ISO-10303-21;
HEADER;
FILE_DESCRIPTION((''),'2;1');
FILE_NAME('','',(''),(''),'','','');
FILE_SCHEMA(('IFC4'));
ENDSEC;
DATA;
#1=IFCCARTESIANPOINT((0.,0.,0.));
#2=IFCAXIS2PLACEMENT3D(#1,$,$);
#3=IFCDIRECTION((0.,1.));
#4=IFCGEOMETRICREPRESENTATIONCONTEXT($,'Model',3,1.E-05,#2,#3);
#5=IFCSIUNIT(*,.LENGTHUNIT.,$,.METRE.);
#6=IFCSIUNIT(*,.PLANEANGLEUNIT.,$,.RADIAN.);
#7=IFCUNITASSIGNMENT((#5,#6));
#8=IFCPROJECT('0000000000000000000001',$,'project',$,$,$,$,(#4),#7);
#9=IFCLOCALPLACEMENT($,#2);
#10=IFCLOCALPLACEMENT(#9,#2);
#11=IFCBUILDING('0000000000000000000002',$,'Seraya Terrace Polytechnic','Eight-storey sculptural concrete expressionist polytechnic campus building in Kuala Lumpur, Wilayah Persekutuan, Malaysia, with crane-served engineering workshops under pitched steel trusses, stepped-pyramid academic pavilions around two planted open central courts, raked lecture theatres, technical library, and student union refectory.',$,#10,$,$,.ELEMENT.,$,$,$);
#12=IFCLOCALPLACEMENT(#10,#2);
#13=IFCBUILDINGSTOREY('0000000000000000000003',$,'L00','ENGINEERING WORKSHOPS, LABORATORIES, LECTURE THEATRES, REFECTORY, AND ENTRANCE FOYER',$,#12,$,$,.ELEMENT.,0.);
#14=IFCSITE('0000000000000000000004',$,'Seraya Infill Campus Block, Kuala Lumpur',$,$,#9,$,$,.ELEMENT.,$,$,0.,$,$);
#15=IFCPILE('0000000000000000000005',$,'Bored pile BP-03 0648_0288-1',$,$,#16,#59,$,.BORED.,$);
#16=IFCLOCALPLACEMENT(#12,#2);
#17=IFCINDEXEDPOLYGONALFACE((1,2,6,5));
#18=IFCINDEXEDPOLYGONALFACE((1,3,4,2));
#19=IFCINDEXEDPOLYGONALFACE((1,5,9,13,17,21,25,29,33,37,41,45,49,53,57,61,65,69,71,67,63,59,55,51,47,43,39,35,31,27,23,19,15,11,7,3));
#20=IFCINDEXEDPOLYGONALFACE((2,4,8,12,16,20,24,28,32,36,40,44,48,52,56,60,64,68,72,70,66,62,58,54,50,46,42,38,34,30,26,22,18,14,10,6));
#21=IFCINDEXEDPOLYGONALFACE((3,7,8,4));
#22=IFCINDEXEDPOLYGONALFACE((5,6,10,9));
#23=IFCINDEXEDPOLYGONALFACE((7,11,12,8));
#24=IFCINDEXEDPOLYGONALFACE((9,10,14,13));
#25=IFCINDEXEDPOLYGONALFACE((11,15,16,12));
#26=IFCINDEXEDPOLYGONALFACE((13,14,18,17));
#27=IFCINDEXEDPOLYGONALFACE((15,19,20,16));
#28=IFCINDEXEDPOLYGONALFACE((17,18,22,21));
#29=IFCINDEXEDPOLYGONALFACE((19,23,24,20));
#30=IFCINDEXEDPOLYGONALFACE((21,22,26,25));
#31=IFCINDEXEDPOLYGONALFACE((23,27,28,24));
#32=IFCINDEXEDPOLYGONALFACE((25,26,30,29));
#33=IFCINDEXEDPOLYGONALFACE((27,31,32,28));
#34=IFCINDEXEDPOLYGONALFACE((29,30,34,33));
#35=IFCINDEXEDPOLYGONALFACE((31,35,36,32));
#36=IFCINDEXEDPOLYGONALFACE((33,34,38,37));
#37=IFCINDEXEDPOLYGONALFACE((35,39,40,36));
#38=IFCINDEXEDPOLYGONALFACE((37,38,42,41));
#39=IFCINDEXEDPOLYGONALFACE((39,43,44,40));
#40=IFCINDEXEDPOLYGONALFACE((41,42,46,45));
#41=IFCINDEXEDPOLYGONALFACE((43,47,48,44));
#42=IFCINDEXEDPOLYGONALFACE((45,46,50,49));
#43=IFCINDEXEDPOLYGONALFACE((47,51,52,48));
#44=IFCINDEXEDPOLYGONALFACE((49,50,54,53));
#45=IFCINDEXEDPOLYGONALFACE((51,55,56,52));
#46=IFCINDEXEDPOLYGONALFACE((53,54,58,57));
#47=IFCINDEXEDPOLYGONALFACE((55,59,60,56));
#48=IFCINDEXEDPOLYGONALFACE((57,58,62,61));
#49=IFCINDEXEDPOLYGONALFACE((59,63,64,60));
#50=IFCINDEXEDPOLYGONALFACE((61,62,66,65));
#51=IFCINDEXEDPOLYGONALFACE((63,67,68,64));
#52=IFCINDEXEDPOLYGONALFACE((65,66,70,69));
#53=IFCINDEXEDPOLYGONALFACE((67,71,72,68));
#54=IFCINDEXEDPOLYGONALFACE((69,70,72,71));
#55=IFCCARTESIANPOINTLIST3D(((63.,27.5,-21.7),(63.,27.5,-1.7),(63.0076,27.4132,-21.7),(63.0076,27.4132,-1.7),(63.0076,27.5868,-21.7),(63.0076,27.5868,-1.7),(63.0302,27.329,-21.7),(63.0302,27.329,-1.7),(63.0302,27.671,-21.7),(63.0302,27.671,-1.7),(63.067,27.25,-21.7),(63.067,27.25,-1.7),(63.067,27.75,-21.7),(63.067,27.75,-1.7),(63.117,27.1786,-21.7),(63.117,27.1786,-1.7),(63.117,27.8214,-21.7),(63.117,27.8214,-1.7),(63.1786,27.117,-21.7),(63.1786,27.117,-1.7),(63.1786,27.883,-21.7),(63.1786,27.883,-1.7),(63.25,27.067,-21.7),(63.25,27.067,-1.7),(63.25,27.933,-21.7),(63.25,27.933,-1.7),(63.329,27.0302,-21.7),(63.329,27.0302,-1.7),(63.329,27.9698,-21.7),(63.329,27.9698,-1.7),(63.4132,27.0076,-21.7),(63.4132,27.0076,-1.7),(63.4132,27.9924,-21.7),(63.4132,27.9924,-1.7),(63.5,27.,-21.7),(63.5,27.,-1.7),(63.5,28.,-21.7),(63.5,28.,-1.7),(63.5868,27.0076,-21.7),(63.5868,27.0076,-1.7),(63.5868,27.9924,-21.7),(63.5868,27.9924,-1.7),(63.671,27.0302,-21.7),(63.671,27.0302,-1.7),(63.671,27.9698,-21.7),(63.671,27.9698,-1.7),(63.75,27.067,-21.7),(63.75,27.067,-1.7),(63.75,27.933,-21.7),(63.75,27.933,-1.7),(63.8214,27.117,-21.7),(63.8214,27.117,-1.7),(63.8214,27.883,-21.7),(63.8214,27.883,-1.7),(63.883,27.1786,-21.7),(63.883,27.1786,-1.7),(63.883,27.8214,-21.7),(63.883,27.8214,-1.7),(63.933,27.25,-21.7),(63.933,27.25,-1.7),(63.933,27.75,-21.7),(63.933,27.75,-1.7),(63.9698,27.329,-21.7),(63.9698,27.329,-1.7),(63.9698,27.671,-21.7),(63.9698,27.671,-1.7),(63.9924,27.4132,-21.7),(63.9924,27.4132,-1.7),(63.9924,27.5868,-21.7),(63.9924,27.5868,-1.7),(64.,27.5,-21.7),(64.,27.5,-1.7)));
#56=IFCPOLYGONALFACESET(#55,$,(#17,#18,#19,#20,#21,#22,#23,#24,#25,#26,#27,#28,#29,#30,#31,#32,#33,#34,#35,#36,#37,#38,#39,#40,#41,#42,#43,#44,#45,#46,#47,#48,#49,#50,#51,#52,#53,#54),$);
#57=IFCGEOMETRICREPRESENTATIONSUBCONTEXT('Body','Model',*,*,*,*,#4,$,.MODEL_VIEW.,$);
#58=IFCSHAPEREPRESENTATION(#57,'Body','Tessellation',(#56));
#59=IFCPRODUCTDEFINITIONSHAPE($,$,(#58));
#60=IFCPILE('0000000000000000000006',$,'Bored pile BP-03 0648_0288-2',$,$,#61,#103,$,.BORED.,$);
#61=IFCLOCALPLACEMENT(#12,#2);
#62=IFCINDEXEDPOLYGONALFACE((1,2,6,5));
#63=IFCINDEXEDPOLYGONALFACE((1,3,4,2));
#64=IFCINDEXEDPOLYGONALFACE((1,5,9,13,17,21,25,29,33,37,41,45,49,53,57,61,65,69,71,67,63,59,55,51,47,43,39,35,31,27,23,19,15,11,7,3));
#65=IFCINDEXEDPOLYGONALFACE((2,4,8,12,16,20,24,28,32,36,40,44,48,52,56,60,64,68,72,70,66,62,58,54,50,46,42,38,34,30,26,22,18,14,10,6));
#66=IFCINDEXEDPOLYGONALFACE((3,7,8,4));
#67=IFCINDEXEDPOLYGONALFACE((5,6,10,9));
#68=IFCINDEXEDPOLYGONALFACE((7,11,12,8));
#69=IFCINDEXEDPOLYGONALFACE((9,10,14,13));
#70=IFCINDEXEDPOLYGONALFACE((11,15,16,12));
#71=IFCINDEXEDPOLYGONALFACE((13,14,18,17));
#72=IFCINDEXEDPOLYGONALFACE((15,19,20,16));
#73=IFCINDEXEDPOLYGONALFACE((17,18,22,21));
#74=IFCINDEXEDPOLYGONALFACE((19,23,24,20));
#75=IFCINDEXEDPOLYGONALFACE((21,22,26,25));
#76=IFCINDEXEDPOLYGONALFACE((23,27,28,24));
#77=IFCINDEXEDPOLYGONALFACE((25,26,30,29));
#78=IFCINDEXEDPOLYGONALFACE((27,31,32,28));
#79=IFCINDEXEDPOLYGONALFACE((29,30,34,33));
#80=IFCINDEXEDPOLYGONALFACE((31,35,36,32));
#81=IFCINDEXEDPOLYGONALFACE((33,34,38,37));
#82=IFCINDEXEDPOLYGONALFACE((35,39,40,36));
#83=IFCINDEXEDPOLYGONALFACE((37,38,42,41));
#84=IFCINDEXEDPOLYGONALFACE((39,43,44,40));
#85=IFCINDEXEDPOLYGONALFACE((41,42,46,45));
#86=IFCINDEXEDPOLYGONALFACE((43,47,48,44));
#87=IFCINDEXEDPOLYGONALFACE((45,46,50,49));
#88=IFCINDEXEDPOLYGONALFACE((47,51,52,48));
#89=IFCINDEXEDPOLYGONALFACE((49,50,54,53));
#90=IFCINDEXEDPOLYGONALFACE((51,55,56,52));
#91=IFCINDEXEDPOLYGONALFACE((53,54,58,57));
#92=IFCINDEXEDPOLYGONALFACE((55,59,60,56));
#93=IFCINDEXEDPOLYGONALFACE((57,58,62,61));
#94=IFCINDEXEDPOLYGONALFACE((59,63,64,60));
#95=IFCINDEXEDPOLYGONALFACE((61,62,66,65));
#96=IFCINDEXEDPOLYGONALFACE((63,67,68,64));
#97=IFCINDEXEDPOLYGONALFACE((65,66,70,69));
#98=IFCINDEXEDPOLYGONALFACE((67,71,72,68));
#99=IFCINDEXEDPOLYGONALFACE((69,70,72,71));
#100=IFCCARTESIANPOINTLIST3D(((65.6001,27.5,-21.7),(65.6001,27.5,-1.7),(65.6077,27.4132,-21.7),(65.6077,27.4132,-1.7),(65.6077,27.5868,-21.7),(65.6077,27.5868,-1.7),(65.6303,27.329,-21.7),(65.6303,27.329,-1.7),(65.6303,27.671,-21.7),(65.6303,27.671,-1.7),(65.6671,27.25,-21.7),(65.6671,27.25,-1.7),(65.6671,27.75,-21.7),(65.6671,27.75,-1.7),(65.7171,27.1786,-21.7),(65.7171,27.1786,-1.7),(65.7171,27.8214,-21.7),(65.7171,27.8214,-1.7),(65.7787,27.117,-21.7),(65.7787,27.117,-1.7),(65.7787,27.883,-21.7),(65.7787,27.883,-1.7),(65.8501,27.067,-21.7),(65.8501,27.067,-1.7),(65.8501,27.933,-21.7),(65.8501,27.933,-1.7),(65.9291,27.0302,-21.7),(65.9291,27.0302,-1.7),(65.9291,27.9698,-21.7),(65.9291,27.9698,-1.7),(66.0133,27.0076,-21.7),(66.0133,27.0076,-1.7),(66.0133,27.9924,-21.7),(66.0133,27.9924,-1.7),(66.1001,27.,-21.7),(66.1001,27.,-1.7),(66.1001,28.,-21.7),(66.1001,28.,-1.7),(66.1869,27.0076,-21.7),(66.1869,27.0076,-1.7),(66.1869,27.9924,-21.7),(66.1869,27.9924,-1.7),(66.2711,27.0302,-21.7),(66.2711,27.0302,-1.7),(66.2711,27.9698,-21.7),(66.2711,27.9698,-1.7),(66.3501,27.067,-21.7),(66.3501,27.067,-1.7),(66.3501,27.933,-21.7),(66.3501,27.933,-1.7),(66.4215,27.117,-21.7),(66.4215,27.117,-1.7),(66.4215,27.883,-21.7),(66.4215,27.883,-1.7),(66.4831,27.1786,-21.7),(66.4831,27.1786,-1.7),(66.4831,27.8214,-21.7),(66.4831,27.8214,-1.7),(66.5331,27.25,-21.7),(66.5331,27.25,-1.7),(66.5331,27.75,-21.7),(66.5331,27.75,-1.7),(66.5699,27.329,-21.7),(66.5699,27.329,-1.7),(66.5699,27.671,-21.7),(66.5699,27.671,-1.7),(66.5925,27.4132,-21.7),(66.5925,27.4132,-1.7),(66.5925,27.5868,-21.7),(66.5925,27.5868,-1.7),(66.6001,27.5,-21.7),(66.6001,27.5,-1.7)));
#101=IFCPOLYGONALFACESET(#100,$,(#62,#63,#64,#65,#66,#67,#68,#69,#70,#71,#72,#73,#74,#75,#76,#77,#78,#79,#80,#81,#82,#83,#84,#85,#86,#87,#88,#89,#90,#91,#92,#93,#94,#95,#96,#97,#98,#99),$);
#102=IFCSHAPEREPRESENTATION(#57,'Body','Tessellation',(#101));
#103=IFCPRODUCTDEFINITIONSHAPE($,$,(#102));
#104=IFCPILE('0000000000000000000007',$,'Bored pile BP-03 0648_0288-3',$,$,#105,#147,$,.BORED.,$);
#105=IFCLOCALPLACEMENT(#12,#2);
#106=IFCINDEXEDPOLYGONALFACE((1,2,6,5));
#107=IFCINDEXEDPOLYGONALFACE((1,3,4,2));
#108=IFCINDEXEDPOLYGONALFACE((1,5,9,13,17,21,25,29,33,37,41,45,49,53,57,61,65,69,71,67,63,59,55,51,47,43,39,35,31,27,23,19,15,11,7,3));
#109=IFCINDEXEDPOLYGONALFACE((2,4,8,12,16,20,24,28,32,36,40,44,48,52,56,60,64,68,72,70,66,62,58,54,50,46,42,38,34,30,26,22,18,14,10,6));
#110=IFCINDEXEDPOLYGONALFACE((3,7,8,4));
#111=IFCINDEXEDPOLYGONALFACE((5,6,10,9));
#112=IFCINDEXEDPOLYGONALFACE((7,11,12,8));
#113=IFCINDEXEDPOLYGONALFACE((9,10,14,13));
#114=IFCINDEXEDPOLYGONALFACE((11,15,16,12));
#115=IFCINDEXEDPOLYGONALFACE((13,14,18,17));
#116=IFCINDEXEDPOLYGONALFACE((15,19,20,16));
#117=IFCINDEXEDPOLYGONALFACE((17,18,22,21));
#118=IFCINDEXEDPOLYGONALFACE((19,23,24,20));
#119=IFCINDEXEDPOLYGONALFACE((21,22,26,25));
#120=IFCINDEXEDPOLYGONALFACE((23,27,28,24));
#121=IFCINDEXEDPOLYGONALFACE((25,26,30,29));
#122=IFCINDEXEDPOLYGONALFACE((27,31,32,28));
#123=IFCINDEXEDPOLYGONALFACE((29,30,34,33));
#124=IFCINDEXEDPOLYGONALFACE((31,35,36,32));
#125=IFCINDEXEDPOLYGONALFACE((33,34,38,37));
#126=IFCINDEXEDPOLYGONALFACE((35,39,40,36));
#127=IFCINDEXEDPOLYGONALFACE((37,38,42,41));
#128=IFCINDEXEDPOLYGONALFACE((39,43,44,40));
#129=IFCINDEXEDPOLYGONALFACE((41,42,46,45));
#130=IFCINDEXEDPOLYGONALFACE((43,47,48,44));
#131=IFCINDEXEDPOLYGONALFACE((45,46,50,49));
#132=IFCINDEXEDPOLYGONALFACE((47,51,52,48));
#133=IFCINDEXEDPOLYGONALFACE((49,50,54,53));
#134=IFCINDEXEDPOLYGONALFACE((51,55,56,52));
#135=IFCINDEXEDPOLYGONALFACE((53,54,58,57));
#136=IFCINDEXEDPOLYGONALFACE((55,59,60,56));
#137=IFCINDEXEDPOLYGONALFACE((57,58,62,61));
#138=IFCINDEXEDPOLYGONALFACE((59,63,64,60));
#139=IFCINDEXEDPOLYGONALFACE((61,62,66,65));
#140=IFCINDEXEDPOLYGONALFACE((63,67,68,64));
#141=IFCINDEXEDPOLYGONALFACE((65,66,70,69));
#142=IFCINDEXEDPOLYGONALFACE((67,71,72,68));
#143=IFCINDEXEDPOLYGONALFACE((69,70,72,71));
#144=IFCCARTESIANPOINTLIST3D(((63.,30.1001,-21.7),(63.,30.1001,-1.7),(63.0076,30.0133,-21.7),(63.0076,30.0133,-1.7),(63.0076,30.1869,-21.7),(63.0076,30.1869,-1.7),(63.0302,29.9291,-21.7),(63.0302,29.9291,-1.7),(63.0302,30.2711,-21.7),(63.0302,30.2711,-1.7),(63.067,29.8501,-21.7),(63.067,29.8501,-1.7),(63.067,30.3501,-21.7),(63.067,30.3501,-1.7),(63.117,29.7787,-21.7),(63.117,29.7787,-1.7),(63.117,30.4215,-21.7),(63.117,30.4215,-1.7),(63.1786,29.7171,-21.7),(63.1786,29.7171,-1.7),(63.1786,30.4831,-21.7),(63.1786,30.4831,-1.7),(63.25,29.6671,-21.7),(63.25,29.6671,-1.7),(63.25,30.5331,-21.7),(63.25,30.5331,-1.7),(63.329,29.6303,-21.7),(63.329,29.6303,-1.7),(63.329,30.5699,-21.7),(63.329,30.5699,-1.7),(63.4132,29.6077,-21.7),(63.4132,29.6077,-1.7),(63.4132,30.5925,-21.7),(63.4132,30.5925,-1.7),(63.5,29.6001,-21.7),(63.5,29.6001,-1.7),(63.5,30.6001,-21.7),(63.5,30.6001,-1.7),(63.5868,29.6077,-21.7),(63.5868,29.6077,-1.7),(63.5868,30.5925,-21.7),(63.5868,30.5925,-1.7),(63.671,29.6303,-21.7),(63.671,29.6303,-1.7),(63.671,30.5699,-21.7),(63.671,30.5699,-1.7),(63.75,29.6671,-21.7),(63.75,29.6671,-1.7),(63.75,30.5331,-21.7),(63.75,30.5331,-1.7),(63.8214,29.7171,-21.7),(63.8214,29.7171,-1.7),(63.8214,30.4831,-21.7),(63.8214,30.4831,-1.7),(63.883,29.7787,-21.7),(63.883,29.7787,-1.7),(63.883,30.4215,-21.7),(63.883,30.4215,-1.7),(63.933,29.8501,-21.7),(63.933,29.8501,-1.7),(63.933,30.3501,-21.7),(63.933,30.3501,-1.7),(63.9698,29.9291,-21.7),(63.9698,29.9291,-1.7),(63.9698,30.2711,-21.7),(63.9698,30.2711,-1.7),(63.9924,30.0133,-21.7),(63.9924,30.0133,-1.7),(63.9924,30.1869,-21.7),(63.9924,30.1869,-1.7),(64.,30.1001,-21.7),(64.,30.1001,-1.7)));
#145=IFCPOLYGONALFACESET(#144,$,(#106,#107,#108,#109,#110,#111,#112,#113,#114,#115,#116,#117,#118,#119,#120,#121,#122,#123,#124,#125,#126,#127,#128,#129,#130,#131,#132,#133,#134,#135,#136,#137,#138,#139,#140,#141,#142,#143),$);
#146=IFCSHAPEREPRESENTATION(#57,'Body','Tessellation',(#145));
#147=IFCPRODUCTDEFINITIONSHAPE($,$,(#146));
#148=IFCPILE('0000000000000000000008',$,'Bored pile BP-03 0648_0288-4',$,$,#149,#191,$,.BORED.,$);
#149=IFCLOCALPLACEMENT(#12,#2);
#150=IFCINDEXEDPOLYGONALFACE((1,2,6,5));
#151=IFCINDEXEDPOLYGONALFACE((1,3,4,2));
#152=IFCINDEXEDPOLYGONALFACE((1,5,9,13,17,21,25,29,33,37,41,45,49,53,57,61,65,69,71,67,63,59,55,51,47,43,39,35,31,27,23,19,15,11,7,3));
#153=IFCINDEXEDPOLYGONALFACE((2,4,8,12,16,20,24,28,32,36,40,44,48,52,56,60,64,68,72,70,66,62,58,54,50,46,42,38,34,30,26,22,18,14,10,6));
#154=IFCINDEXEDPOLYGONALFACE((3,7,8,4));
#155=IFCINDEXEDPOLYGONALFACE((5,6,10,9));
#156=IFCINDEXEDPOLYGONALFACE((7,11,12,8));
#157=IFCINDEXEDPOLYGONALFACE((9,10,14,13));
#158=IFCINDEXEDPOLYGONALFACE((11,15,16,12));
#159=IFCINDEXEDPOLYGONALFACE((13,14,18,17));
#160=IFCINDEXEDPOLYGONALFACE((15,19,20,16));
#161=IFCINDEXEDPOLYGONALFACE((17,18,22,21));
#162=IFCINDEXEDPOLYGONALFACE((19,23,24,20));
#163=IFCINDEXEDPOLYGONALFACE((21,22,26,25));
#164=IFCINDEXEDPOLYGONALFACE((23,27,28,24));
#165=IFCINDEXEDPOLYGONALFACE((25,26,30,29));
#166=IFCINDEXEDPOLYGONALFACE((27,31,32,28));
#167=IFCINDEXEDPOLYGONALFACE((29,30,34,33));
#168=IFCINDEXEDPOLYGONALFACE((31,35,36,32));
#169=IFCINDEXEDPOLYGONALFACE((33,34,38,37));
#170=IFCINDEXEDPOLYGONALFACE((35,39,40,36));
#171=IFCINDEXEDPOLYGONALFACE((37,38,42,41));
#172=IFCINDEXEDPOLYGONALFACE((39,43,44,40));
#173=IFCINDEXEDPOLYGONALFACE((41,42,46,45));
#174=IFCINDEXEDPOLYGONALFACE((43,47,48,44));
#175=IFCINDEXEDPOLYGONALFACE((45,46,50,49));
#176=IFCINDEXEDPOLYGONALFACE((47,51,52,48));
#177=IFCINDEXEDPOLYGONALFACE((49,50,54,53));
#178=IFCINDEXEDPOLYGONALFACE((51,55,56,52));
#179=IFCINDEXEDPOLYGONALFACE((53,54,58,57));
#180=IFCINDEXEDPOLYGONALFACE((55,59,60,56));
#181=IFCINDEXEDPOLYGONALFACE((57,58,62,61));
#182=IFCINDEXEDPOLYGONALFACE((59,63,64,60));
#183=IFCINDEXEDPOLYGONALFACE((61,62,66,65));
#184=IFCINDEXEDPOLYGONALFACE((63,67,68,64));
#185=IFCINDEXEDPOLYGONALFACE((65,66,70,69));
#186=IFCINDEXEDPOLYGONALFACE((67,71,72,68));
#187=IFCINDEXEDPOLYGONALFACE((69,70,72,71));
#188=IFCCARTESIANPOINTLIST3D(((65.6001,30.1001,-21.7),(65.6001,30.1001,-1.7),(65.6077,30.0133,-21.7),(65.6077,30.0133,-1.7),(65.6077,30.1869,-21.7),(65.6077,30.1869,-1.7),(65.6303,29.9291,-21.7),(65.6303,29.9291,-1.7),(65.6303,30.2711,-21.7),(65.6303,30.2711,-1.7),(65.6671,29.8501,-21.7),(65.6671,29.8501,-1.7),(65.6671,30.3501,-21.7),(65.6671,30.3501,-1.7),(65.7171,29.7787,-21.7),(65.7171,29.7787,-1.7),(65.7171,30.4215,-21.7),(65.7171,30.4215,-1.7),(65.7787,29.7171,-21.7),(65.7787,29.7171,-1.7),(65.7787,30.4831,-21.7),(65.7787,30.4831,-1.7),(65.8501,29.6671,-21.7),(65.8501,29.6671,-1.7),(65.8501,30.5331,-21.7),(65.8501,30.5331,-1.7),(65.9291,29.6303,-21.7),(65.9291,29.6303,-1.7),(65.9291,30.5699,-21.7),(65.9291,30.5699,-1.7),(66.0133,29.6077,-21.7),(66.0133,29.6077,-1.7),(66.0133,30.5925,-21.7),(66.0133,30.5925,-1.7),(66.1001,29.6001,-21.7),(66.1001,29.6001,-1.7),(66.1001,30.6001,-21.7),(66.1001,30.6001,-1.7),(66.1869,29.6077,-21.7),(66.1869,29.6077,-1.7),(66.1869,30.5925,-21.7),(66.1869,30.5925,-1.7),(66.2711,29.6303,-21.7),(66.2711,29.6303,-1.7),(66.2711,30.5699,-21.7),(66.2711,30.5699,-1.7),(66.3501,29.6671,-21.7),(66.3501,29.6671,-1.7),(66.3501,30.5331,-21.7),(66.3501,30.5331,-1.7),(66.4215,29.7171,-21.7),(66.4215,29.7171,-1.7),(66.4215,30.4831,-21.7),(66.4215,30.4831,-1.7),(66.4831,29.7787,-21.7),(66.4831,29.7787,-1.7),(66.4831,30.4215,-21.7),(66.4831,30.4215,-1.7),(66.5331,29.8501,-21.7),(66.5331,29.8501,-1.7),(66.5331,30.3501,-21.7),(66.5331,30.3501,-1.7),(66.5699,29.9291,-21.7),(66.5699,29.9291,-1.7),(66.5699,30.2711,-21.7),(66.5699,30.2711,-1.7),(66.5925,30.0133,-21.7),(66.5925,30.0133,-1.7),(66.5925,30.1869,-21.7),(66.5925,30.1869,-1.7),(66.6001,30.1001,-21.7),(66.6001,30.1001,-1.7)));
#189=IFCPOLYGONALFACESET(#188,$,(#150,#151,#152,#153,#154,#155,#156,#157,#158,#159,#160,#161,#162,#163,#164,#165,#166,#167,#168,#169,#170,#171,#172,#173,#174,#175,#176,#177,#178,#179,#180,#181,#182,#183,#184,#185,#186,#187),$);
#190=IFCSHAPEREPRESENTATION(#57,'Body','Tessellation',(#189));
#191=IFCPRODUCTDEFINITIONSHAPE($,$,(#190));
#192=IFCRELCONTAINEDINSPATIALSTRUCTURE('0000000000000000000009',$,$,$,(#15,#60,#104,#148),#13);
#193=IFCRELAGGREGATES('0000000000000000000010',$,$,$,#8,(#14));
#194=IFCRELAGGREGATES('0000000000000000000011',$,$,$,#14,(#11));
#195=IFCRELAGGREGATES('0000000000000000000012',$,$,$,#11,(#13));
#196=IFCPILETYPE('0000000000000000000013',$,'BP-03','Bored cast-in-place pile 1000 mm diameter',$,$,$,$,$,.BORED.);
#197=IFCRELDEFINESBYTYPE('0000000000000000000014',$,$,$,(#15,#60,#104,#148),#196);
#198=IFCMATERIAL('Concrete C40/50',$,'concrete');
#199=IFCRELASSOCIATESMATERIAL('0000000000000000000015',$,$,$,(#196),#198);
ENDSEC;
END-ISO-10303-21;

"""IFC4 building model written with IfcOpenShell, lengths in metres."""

from ifc_helpers import new_model, si_unit, direction, frame, origin, origin_2d, place, context, subcontext, project, spatial, circle, extrude, material, material_profile, profile_set, type_object, element, save


model = new_model("IFC4")

# Units and contexts
model_context = context("Model", 3, precision=1e-05, world=origin(), true_north=direction((0.0, 1.0)))
body_context = subcontext(model_context, "Body", "Model", "MODEL_VIEW")
ifc_project = project(units=[si_unit("LENGTHUNIT", "METRE"), si_unit("PLANEANGLEUNIT", "RADIAN")], contexts=[model_context])

# Site, building, storey
site_placement = place(None, origin())
site = spatial("IfcSite", under=ifc_project, at=site_placement, Name="Seraya Infill Campus Block, Kuala Lumpur", CompositionType="ELEMENT", RefElevation=0.0)
building_placement = place(site_placement, origin())
building = spatial("IfcBuilding", under=site, at=building_placement, Name="Seraya Terrace Polytechnic", Description="Eight-storey sculptural concrete expressionist polytechnic campus building in Kuala Lumpur, Wilayah Persekutuan, Malaysia, with crane-served engineering workshops under pitched steel trusses, stepped-pyramid academic pavilions around two planted open central courts, raked lecture theatres, technical library, and student union refectory.", CompositionType="ELEMENT")
storey_placement = place(building_placement, origin())
storey = spatial("IfcBuildingStorey", under=building, at=storey_placement, Name="L00", Description="ENGINEERING WORKSHOPS, LABORATORIES, LECTURE THEATRES, REFECTORY, AND ENTRANCE FOYER", CompositionType="ELEMENT", Elevation=0.0)

# Piles
ifc_material_1 = material(Name="Concrete C40/50", Category="concrete")
ifc_material_profile_1 = material_profile(ifc_material_1, circle(Radius=0.5, at=origin_2d()), Name="DIA 1000")
ifc_profile_set_1 = profile_set([ifc_material_profile_1], Name="Concrete C40/50")
pile_type_1 = type_object("IfcPileType", Name="BP-03", Description="Bored cast-in-place pile 1000 mm diameter", PredefinedType="BORED", material=ifc_profile_set_1)
for number, where, z_axis, x_axis, name in (
    (1, (63.5, 27.5, -1.7), (0.0, 0.0, -1.0), (1.0, 0.0, 0.0), "Bored pile BP-03 0648_0288-1"),
    (2, (66.1001, 27.5, -1.7), (0.0, 0.0, -1.0), (1.0, 0.0, 0.0), "Bored pile BP-03 0648_0288-2"),
    (3, (63.5, 30.1001, -1.7), (0.0, 0.0, -1.0), (1.0, 0.0, 0.0), "Bored pile BP-03 0648_0288-3"),
    (4, (66.1001, 30.1001, -1.7), (0.0, 0.0, -1.0), (1.0, 0.0, 0.0), "Bored pile BP-03 0648_0288-4"),
):
    element("IfcPile", number, at=place(storey_placement, frame(where, z_axis=z_axis, x_axis=x_axis)), inside=storey, type_object=pile_type_1, Name=name, PredefinedType="BORED", context=body_context, shape_type="SweptSolid", body=[
        extrude(circle(Radius=0.5, at=origin_2d()), origin(), (0.0, 0.0, 1.0), 20.0),
    ])

save(model, "model.ifc")
